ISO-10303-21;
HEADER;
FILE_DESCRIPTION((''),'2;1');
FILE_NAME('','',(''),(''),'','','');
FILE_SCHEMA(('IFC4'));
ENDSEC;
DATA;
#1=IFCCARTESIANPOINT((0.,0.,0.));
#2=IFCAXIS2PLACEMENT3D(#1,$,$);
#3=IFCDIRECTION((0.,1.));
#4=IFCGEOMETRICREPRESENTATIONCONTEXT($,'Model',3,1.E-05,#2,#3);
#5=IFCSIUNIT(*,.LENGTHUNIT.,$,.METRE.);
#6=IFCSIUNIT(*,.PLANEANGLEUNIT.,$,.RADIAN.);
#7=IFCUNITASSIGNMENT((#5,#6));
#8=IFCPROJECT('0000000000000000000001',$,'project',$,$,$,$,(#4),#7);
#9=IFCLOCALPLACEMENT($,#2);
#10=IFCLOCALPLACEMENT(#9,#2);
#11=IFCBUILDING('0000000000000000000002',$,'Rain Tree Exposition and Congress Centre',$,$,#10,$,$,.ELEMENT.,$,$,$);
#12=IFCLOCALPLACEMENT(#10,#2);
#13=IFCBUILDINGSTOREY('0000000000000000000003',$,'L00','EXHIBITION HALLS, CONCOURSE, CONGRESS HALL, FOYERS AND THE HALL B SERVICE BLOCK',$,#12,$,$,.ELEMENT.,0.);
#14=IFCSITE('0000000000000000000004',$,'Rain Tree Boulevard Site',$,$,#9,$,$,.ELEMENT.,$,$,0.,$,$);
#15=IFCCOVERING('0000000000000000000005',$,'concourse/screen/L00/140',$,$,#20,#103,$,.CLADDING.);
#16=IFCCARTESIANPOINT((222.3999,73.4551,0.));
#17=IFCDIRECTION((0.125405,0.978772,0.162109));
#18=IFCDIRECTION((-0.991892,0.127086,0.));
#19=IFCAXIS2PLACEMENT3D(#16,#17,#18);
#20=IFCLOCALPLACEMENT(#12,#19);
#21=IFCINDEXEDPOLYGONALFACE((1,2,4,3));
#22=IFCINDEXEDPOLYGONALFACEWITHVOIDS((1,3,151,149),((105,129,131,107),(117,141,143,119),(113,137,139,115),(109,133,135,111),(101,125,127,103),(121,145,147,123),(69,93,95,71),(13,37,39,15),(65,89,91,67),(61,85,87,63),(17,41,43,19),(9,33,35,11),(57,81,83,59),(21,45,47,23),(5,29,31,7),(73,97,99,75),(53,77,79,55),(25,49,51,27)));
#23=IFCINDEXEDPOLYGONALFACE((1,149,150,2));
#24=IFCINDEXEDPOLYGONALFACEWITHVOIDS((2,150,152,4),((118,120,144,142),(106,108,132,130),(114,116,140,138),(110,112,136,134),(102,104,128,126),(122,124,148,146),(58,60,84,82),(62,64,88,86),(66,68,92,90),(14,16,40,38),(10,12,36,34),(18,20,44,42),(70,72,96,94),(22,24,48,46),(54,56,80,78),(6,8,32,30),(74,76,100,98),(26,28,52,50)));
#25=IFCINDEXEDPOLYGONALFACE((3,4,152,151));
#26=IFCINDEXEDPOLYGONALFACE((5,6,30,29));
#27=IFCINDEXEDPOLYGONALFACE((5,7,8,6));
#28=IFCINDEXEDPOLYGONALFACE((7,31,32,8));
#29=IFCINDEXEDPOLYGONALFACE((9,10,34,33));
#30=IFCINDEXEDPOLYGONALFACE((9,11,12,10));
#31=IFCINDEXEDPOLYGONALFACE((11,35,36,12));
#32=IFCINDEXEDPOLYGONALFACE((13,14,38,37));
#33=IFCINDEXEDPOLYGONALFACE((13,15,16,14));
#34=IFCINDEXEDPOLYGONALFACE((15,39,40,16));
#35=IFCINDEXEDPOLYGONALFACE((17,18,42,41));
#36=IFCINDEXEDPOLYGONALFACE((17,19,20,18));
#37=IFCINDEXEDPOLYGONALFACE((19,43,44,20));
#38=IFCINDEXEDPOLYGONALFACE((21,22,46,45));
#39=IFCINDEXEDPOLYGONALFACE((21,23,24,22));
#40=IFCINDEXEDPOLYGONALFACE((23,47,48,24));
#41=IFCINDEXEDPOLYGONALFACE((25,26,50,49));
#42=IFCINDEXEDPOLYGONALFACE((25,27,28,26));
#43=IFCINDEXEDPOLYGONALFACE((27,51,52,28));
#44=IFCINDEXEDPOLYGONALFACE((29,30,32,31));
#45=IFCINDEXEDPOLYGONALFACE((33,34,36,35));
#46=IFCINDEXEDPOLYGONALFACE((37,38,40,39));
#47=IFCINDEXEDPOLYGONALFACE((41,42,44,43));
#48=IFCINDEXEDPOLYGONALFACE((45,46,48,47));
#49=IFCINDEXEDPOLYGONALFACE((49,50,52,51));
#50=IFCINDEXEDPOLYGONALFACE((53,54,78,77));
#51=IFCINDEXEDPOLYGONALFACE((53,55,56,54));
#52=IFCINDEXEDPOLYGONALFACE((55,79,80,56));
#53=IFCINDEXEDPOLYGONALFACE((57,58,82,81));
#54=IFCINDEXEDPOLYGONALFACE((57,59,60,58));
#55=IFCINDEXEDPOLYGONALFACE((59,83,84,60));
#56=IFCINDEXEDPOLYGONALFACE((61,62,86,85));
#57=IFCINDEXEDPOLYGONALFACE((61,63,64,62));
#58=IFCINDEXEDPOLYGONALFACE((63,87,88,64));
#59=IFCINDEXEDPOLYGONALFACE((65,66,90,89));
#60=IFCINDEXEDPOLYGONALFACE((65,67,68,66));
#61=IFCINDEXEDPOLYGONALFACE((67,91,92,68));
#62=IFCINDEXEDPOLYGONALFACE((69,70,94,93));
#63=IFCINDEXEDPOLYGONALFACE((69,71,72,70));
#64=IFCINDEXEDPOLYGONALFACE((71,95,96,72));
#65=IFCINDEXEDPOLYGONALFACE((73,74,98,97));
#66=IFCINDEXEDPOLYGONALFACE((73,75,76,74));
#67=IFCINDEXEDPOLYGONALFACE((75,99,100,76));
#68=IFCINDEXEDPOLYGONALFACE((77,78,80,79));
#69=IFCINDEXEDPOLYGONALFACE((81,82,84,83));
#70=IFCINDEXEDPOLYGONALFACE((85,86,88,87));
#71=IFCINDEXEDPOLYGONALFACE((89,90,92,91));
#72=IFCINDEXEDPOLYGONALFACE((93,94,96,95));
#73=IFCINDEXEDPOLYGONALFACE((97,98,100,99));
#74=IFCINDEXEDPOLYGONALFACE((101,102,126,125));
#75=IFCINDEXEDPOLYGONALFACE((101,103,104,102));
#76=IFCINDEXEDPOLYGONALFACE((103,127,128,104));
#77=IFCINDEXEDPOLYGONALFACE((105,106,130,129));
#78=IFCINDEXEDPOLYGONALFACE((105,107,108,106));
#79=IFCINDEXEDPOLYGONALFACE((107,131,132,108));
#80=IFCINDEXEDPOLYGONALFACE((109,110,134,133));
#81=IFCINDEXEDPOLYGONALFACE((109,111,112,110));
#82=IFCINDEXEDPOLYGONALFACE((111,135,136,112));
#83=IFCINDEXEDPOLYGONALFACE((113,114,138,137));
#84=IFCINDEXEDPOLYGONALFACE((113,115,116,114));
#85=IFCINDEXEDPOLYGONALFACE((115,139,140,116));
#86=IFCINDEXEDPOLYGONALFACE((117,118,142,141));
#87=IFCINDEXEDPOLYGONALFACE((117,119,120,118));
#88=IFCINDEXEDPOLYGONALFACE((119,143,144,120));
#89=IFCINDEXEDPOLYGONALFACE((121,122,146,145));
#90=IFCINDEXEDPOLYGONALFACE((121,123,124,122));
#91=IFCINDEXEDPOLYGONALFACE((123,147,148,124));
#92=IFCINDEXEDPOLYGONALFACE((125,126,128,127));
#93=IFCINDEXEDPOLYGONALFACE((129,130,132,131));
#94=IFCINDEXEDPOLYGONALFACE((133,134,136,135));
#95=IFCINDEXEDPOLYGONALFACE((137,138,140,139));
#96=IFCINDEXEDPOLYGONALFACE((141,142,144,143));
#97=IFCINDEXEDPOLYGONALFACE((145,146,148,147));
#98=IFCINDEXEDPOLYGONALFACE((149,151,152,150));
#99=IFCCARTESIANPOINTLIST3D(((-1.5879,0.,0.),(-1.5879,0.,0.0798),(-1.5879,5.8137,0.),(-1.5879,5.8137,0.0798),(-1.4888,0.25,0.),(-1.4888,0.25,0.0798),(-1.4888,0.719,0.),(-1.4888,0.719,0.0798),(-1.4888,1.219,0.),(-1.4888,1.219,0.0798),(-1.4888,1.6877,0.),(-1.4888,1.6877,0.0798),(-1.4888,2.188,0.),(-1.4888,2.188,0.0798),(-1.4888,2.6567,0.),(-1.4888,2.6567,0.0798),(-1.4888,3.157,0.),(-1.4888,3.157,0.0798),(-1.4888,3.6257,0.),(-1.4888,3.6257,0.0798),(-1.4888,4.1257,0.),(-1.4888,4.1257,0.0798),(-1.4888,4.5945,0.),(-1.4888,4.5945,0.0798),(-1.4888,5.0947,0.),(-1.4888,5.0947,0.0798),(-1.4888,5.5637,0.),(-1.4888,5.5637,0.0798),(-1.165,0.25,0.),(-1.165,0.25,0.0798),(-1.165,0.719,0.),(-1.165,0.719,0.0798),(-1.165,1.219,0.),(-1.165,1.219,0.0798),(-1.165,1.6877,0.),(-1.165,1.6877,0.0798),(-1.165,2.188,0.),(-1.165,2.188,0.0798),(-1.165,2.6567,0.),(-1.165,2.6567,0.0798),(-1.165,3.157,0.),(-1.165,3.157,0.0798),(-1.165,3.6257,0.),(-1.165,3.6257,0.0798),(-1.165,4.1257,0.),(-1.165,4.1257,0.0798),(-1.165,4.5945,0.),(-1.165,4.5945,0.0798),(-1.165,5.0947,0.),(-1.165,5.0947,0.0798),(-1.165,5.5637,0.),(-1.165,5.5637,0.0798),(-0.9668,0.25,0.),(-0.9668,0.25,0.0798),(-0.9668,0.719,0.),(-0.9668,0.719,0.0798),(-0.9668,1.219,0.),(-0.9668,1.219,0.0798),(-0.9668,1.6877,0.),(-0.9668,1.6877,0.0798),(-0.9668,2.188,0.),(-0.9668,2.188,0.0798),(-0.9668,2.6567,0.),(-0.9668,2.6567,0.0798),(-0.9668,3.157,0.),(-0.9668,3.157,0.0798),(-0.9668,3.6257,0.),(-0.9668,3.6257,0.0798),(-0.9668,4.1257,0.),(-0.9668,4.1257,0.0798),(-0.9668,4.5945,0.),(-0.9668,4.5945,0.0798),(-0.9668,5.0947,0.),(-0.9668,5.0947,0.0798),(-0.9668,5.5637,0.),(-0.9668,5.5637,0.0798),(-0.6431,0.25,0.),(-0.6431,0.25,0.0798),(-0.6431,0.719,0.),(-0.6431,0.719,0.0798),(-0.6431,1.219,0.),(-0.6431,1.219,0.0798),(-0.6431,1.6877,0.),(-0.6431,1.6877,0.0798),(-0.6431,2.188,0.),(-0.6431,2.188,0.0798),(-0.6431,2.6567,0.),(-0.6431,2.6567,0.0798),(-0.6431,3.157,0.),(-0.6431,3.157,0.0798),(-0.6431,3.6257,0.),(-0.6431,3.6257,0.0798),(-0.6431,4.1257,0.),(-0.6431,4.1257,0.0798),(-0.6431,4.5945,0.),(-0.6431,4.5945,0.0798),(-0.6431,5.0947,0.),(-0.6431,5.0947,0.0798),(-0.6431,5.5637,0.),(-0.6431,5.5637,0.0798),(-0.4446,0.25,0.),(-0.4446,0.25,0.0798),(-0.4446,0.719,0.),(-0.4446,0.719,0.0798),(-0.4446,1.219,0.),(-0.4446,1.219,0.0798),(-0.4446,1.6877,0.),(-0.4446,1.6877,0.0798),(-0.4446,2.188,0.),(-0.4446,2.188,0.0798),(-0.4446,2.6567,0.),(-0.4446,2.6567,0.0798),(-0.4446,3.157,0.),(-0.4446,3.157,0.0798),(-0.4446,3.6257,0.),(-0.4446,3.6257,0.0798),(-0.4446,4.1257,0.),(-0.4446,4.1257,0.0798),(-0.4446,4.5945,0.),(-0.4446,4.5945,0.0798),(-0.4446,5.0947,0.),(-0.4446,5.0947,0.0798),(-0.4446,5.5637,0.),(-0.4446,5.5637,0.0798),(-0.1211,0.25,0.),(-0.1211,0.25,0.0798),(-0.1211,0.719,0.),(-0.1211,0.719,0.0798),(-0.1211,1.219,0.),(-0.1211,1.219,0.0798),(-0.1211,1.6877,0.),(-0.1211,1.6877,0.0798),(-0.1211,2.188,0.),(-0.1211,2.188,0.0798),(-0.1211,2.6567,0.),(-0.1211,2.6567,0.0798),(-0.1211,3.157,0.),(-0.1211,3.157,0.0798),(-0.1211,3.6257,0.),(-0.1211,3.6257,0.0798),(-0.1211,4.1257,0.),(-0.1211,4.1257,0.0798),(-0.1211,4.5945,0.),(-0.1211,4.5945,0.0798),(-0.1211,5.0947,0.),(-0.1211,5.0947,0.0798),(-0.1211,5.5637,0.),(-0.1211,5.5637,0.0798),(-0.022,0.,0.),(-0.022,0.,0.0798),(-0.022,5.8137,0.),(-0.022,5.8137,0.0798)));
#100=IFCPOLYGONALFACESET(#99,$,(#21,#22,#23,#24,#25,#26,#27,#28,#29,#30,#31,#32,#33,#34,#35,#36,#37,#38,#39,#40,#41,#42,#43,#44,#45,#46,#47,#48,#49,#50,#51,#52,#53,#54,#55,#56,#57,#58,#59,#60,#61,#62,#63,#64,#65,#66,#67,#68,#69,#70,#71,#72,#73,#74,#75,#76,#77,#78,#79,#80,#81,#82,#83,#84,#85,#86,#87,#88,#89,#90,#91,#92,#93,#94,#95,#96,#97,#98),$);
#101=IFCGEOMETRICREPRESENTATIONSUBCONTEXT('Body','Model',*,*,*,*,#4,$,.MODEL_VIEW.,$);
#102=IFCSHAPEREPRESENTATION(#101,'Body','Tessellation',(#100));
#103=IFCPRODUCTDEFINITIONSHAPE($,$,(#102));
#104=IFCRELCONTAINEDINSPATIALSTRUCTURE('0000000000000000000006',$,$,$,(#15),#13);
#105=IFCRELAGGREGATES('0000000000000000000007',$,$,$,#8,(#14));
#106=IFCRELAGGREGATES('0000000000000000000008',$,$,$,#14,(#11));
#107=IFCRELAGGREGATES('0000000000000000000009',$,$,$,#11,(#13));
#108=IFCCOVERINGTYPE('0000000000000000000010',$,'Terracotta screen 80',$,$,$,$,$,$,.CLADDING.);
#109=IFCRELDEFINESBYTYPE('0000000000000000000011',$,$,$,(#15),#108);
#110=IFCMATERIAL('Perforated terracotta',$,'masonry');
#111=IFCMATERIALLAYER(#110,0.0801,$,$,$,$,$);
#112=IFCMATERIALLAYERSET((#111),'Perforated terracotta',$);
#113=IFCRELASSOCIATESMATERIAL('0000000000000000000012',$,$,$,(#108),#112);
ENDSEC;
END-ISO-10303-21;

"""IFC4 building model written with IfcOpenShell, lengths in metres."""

from ifc_helpers import new_model, si_unit, direction, frame, origin, place, context, subcontext, project, spatial, polyline, outline, extrude, material, layer, layer_set, type_object, element, save


model = new_model("IFC4")

# Units and contexts
model_context = context("Model", 3, precision=1e-05, world=origin(), true_north=direction((0.0, 1.0)))
body_context = subcontext(model_context, "Body", "Model", "MODEL_VIEW")
ifc_project = project(units=[si_unit("LENGTHUNIT", "METRE"), si_unit("PLANEANGLEUNIT", "RADIAN")], contexts=[model_context])

# Site, building, storey
site_placement = place(None, origin())
site = spatial("IfcSite", under=ifc_project, at=site_placement, Name="Rain Tree Boulevard Site", CompositionType="ELEMENT", RefElevation=0.0)
building_placement = place(site_placement, origin())
building = spatial("IfcBuilding", under=site, at=building_placement, Name="Rain Tree Exposition and Congress Centre", CompositionType="ELEMENT")
storey_placement = place(building_placement, origin())
storey = spatial("IfcBuildingStorey", under=building, at=storey_placement, Name="L00", Description="EXHIBITION HALLS, CONCOURSE, CONGRESS HALL, FOYERS AND THE HALL B SERVICE BLOCK", CompositionType="ELEMENT", Elevation=0.0)

# Covering
ifc_material_1 = material(Name="Perforated terracotta", Category="masonry")
ifc_layer_1 = layer(ifc_material_1, 0.0801)
ifc_layer_set_1 = layer_set([ifc_layer_1], Name="Perforated terracotta")
covering_type = type_object("IfcCoveringType", Name="Terracotta screen 80", PredefinedType="CLADDING", material=ifc_layer_set_1)
covering_1_placement = place(storey_placement, frame((222.3999, 73.4551, 0.0), z_axis=(0.125405, 0.978772, 0.162109), x_axis=(-0.991892, 0.127086, 0.0)))
element("IfcCovering", 1, at=covering_1_placement, inside=storey, type_object=covering_type, Name="concourse/screen/L00/140", PredefinedType="CLADDING", context=body_context, shape_type="SweptSolid", body=[
    extrude(outline(polyline([(-0.022, 0.0), (-1.5879, 0.0), (-1.5879, 5.8137), (-0.022, 5.8137), (-0.022, 0.0)]), holes=[polyline([(-0.1211, 0.25), (-0.1211, 0.719), (-0.4446, 0.719), (-0.4446, 0.25), (-0.1211, 0.25)]), polyline([(-0.1211, 1.219), (-0.1211, 1.6877), (-0.4446, 1.6877), (-0.4446, 1.219), (-0.1211, 1.219)]), polyline([(-0.1211, 2.188), (-0.1211, 2.6567), (-0.4446, 2.6567), (-0.4446, 2.188), (-0.1211, 2.188)]), polyline([(-0.1211, 3.157), (-0.1211, 3.6257), (-0.4446, 3.6257), (-0.4446, 3.157), (-0.1211, 3.157)]), polyline([(-0.1211, 4.1257), (-0.1211, 4.5945), (-0.4446, 4.5945), (-0.4446, 4.1257), (-0.1211, 4.1257)]), polyline([(-0.1211, 5.0947), (-0.1211, 5.5637), (-0.4446, 5.5637), (-0.4446, 5.0947), (-0.1211, 5.0947)]), polyline([(-0.6431, 0.25), (-0.6431, 0.719), (-0.9668, 0.719), (-0.9668, 0.25), (-0.6431, 0.25)]), polyline([(-0.6431, 1.219), (-0.6431, 1.6877), (-0.9668, 1.6877), (-0.9668, 1.219), (-0.6431, 1.219)]), polyline([(-0.6431, 2.188), (-0.6431, 2.6567), (-0.9668, 2.6567), (-0.9668, 2.188), (-0.6431, 2.188)]), polyline([(-0.6431, 3.157), (-0.6431, 3.6257), (-0.9668, 3.6257), (-0.9668, 3.157), (-0.6431, 3.157)]), polyline([(-0.6431, 4.1257), (-0.6431, 4.5945), (-0.9668, 4.5945), (-0.9668, 4.1257), (-0.6431, 4.1257)]), polyline([(-0.6431, 5.0947), (-0.6431, 5.5637), (-0.9668, 5.5637), (-0.9668, 5.0947), (-0.6431, 5.0947)]), polyline([(-1.165, 0.25), (-1.165, 0.719), (-1.4888, 0.719), (-1.4888, 0.25), (-1.165, 0.25)]), polyline([(-1.165, 1.219), (-1.165, 1.6877), (-1.4888, 1.6877), (-1.4888, 1.219), (-1.165, 1.219)]), polyline([(-1.165, 2.188), (-1.165, 2.6567), (-1.4888, 2.6567), (-1.4888, 2.188), (-1.165, 2.188)]), polyline([(-1.165, 3.157), (-1.165, 3.6257), (-1.4888, 3.6257), (-1.4888, 3.157), (-1.165, 3.157)]), polyline([(-1.165, 4.1257), (-1.165, 4.5945), (-1.4888, 4.5945), (-1.4888, 4.1257), (-1.165, 4.1257)]), polyline([(-1.165, 5.0947), (-1.165, 5.5637), (-1.4888, 5.5637), (-1.4888, 5.0947), (-1.165, 5.0947)])]), origin(), (0.0, 0.0, 1.0), 0.0798),
])

save(model, "model.ifc")
